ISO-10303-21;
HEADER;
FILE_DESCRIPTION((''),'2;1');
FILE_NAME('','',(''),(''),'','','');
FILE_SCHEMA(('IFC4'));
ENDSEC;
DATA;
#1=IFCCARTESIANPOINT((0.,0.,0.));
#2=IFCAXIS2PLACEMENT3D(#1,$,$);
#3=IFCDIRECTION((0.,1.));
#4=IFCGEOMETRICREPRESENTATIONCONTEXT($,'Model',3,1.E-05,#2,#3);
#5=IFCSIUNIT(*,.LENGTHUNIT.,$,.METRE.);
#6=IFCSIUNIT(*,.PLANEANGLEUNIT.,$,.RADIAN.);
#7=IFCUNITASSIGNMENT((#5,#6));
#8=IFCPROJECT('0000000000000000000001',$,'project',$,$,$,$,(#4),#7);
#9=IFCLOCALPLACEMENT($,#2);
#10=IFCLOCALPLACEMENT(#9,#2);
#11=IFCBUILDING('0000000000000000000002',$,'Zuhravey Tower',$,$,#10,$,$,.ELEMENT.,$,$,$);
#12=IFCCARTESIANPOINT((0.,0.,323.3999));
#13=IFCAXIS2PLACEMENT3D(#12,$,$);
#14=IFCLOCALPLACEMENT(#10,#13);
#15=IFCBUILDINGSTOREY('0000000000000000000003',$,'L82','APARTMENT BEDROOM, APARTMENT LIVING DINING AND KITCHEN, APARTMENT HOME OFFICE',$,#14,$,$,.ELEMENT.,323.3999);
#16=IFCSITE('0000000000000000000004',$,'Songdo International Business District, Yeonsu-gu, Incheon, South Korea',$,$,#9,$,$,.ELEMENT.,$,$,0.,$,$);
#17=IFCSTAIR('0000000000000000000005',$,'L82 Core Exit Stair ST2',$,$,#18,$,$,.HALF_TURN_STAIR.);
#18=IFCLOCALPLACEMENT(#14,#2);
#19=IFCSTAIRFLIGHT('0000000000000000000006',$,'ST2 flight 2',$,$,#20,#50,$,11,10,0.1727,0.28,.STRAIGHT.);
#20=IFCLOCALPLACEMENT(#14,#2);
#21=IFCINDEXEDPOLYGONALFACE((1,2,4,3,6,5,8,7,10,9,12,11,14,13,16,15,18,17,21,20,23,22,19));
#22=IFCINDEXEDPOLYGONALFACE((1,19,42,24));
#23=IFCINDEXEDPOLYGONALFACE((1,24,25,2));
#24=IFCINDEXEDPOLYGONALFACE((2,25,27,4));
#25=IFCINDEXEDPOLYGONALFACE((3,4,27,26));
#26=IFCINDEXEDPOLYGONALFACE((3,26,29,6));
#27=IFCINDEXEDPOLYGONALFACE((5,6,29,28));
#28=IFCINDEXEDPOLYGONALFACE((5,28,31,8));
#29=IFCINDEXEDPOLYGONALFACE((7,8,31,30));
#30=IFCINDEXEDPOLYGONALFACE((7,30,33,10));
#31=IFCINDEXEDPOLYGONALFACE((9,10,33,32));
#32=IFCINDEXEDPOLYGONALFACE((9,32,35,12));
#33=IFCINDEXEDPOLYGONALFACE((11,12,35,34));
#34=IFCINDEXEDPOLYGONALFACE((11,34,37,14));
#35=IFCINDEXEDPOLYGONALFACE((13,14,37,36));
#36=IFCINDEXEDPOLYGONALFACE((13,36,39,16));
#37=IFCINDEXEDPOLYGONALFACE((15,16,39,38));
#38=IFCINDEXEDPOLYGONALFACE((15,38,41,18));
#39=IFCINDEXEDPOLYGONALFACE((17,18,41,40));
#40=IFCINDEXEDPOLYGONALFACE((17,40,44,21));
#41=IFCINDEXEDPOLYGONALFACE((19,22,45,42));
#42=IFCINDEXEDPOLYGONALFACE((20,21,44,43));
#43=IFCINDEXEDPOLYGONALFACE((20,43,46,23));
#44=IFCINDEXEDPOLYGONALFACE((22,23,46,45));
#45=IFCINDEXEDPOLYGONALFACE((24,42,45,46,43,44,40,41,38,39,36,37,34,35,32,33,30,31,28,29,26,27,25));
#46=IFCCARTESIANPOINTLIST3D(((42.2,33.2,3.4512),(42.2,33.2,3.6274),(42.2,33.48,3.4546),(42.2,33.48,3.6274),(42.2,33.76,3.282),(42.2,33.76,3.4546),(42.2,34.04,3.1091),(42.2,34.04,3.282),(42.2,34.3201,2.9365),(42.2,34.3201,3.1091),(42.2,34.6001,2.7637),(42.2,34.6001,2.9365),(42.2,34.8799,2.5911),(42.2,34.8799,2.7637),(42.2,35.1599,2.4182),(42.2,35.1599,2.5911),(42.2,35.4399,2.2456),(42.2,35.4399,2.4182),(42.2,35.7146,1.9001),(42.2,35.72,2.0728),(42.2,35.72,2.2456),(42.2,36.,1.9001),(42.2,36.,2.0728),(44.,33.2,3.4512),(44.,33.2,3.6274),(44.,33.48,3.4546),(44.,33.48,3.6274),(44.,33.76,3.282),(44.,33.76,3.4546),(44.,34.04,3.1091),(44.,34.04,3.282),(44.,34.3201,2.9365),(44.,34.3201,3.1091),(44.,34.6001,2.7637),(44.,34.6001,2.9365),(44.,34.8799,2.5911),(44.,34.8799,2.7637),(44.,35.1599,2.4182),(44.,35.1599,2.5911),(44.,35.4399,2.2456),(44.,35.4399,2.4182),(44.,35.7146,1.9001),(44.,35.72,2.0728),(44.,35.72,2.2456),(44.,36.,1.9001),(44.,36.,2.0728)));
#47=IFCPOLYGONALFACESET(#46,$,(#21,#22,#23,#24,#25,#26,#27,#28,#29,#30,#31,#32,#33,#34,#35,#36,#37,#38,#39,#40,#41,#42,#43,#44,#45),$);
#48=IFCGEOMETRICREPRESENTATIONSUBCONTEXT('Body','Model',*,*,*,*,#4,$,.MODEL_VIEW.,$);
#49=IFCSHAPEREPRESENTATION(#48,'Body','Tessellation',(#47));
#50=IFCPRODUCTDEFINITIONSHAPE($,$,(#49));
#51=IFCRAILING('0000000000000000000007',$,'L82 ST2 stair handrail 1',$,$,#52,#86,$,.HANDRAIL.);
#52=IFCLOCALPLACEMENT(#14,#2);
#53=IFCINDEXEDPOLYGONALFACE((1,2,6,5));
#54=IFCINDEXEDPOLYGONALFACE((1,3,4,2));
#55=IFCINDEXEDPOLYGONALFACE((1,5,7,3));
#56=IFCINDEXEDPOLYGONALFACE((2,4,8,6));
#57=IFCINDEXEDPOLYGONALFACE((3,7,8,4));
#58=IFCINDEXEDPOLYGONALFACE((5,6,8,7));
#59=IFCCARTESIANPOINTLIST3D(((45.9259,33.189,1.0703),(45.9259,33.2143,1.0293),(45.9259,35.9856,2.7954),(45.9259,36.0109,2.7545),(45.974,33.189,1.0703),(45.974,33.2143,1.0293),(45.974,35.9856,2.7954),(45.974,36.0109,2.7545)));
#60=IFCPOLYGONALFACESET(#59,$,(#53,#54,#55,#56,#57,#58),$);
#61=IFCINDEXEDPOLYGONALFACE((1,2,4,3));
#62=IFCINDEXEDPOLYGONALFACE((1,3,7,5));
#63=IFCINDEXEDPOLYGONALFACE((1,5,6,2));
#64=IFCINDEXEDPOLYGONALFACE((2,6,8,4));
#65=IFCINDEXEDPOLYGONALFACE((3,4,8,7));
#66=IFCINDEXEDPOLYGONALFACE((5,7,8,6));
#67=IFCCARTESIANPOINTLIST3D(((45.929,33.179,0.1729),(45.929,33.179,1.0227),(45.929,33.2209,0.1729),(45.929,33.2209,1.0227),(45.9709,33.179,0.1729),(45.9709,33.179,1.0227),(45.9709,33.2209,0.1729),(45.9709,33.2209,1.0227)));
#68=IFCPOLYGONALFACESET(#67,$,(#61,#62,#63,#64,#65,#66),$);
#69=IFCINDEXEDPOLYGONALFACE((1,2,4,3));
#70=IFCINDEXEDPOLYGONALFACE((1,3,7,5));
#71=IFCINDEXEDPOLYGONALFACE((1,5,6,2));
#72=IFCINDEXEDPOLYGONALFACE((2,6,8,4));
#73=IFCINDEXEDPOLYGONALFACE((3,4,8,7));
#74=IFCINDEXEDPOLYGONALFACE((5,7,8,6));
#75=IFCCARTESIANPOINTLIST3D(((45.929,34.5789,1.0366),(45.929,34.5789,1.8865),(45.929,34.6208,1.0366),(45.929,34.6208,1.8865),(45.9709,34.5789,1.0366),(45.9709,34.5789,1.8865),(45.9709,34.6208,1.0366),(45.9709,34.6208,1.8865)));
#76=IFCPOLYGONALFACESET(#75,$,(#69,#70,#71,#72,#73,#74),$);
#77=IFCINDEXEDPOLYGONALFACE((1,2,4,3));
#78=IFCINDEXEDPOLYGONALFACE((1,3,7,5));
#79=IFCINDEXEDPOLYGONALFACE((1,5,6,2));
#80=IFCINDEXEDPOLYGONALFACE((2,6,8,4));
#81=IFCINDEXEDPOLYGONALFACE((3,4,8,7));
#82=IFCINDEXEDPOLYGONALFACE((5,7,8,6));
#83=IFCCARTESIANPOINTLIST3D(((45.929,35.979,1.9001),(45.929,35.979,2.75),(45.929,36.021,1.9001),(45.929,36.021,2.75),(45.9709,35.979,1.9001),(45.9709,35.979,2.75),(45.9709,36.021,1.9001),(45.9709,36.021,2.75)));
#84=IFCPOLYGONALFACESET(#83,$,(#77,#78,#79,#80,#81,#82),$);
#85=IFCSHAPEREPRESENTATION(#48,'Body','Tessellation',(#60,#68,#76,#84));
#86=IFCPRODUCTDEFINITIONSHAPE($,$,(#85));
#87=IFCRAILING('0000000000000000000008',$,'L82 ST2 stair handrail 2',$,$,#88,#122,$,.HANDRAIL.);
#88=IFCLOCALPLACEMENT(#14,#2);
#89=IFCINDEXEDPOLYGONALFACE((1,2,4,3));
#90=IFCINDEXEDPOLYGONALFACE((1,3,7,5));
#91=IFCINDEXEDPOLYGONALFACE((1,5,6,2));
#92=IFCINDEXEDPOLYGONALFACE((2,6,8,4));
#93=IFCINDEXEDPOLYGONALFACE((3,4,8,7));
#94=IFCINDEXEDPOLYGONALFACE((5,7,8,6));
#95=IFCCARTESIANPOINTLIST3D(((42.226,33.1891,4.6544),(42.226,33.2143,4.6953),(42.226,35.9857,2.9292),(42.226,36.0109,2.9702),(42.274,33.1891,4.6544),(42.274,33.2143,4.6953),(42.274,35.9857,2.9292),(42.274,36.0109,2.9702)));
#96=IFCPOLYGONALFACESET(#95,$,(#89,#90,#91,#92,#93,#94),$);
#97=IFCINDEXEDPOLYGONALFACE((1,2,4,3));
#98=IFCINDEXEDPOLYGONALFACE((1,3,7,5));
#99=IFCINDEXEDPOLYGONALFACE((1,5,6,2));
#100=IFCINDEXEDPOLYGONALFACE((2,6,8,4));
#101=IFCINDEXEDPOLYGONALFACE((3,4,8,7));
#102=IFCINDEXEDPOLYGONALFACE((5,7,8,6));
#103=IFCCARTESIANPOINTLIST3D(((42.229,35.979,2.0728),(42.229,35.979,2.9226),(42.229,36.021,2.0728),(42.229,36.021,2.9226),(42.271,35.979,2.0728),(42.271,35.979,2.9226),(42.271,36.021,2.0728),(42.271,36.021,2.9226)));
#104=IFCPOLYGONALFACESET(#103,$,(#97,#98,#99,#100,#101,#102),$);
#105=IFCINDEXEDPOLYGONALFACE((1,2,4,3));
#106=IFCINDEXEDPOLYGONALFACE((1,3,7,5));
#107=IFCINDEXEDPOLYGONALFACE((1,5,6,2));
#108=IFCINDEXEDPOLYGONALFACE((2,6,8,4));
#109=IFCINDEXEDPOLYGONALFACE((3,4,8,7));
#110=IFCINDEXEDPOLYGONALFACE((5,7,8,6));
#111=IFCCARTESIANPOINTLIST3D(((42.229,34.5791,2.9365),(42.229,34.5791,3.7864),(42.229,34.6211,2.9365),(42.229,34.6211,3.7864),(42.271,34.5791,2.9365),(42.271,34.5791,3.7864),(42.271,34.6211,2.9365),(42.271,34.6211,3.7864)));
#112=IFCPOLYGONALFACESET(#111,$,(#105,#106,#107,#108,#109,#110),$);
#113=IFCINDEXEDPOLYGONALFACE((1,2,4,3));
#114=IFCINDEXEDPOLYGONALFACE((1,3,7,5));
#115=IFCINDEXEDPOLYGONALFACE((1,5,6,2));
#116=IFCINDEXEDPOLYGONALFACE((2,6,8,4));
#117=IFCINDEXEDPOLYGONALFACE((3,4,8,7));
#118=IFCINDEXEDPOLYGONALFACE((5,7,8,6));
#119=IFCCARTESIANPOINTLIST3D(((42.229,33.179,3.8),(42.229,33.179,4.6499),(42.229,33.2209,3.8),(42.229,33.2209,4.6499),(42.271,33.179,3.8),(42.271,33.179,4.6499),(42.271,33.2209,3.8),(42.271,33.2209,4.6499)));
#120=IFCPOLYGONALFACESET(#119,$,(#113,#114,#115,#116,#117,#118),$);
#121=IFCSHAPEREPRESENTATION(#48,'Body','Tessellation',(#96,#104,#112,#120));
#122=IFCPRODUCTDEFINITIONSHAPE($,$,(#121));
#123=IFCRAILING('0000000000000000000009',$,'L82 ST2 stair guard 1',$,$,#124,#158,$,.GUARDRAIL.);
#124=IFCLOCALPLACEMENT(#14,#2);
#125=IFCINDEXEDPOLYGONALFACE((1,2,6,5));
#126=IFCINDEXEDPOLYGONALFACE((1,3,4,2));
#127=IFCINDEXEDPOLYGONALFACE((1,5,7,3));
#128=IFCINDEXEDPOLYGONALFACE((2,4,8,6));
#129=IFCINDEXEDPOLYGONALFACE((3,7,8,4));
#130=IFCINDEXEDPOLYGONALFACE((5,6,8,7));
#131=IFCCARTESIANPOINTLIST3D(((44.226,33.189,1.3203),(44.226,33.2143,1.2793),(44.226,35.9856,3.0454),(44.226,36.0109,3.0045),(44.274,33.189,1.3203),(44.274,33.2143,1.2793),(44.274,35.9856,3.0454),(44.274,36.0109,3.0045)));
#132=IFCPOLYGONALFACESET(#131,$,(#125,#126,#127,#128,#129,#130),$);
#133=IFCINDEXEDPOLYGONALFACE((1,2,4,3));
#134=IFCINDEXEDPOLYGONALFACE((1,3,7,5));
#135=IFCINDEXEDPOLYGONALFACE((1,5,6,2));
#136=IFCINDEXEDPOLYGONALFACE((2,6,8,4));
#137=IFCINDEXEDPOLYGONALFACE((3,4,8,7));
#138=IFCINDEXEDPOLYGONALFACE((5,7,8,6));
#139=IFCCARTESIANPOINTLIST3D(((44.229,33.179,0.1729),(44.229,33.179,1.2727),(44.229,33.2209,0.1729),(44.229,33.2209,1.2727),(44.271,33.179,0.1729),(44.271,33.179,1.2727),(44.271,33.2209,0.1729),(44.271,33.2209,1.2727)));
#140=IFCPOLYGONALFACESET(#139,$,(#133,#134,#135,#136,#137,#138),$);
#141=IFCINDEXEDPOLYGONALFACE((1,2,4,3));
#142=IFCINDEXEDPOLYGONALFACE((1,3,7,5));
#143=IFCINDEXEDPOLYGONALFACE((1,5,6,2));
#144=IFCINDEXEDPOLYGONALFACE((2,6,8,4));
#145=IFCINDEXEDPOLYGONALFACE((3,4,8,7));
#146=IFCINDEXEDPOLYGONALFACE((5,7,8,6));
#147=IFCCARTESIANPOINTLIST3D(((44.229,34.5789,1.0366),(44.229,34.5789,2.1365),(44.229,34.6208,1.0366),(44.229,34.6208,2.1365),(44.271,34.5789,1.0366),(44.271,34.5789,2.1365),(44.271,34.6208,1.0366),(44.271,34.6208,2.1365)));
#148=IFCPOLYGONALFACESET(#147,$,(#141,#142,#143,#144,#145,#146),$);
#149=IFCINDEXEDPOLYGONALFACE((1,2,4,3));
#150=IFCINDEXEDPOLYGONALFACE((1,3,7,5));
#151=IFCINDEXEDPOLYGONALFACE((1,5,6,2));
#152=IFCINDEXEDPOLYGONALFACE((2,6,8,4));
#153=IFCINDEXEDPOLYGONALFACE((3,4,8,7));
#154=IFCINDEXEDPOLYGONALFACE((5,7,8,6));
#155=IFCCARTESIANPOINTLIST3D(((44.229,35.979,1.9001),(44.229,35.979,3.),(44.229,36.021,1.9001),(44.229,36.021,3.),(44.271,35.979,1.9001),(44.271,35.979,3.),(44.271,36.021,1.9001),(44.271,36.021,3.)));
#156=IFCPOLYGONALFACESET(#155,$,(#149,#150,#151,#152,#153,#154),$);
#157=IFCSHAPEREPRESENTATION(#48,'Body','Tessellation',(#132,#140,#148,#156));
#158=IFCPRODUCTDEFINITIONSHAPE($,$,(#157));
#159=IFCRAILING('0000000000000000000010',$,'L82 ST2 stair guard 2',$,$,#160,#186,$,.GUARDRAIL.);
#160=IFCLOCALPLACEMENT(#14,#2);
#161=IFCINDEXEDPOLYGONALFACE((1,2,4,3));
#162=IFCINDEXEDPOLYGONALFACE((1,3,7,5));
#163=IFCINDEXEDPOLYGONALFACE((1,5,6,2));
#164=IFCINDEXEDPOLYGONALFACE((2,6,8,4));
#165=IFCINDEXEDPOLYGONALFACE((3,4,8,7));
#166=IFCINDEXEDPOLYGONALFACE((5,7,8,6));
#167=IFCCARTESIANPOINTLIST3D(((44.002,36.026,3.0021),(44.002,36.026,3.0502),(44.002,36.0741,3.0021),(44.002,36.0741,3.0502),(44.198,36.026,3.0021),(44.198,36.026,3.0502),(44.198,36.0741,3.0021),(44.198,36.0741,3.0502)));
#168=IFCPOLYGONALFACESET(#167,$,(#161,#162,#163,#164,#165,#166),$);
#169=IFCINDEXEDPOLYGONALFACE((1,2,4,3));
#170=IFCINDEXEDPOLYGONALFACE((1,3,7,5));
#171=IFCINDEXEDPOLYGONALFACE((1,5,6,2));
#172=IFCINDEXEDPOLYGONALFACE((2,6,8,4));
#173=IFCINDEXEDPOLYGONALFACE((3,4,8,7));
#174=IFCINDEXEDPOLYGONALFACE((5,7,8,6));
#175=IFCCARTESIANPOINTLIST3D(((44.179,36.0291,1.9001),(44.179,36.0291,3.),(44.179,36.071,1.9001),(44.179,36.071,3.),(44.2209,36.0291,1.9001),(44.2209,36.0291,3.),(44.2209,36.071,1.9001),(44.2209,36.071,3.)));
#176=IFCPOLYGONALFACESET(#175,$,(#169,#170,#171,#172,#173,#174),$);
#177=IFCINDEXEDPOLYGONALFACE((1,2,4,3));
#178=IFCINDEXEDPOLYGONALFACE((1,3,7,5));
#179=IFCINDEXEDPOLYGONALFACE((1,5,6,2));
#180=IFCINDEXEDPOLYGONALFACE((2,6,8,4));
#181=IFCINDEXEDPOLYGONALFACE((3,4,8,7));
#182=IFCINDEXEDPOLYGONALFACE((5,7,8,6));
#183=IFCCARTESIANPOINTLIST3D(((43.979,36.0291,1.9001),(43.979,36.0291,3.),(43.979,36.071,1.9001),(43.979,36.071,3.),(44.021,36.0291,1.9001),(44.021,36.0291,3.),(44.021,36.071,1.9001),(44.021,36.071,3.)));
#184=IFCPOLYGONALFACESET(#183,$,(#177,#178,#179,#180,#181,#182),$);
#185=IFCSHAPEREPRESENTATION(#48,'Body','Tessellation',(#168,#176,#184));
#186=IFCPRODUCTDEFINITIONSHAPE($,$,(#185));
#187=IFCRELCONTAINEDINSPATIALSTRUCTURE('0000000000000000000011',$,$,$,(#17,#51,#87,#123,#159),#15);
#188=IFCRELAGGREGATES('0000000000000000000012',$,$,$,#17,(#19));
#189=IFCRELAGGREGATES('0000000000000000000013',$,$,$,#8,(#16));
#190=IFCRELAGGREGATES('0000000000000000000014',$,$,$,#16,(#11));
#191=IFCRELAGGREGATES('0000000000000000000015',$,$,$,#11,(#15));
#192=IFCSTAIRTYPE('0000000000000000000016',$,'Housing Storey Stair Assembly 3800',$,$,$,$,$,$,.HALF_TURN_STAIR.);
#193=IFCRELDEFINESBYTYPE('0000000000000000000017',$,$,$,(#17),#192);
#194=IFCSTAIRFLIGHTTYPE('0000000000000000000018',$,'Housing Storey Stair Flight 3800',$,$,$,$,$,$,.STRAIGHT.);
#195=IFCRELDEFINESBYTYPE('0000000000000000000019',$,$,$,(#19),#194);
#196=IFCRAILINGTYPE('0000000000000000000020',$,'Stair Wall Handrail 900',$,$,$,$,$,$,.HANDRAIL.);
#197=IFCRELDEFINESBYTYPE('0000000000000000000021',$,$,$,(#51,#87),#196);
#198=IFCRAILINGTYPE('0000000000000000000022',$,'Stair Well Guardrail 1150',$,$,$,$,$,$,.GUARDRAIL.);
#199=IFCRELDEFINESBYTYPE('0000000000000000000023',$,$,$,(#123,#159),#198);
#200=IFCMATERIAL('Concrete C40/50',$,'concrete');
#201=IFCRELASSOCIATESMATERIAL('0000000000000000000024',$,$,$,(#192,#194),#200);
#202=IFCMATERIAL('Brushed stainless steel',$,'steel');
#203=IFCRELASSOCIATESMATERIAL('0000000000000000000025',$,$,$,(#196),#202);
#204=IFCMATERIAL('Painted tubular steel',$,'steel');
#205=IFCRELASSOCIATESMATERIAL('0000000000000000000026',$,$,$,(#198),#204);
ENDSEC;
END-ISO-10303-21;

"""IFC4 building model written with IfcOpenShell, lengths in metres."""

from ifc_helpers import new_model, si_unit, direction, frame, origin, origin_2d, place, context, subcontext, project, spatial, polyline, rectangle, outline, extrude, material, type_object, element, aggregate, save


model = new_model("IFC4")

# Units and contexts
model_context = context("Model", 3, precision=1e-05, world=origin(), true_north=direction((0.0, 1.0)))
body_context = subcontext(model_context, "Body", "Model", "MODEL_VIEW")
ifc_project = project(units=[si_unit("LENGTHUNIT", "METRE"), si_unit("PLANEANGLEUNIT", "RADIAN")], contexts=[model_context])

# Site, building, storey
site_placement = place(None, origin())
site = spatial("IfcSite", under=ifc_project, at=site_placement, Name="Songdo International Business District, Yeonsu-gu, Incheon, South Korea", CompositionType="ELEMENT", RefElevation=0.0)
building_placement = place(site_placement, origin())
building = spatial("IfcBuilding", under=site, at=building_placement, Name="Zuhravey Tower", CompositionType="ELEMENT")
storey_placement = place(building_placement, frame((0.0, 0.0, 323.3999)))
storey = spatial("IfcBuildingStorey", under=building, at=storey_placement, Name="L82", Description="APARTMENT BEDROOM, APARTMENT LIVING DINING AND KITCHEN, APARTMENT HOME OFFICE", CompositionType="ELEMENT", Elevation=323.3999)

# Shared definitions
ifc_material_1 = material(Name="Brushed stainless steel", Category="steel")

# Stair, stair flight
ifc_material_2 = material(Name="Concrete C40/50", Category="concrete")
stair_type = type_object("IfcStairType", Name="Housing Storey Stair Assembly 3800", PredefinedType="HALF_TURN_STAIR", material=ifc_material_2)
stair_placement = place(storey_placement, origin())
stair = element("IfcStair", 1, at=stair_placement, inside=storey, type_object=stair_type, Name="L82 Core Exit Stair ST2", PredefinedType="HALF_TURN_STAIR")
stair_flight_type = type_object("IfcStairFlightType", Name="Housing Storey Stair Flight 3800", PredefinedType="STRAIGHT", material=ifc_material_2)
stair_flight_1_placement = place(storey_placement, frame((43.1001, 36.0, 1.9001), z_axis=(0.0, 0.0, 1.0), x_axis=(0.0, -1.0, 0.0)))
stair_flight_1 = element("IfcStairFlight", 2, at=stair_flight_1_placement, type_object=stair_flight_type, Name="ST2 flight 2", NumberOfRisers=11, NumberOfTreads=10, PredefinedType="STRAIGHT", RiserHeight=0.1727, TreadLength=0.28, context=body_context, shape_type="SweptSolid", body=[
    extrude(outline(polyline([(0.0, 0.0), (0.0, 0.1726), (0.28, 0.1726), (0.28, 0.3455), (0.5601, 0.3455), (0.5601, 0.5181), (0.8401, 0.5181), (0.8401, 0.6909), (1.1201, 0.6909), (1.1201, 0.8635), (1.3999, 0.8635), (1.3999, 1.0364), (1.6799, 1.0364), (1.6799, 1.209), (1.96, 1.209), (1.96, 1.3818), (2.24, 1.3818), (2.24, 1.5544), (2.52, 1.5544), (2.52, 1.7273), (2.8, 1.7273), (2.8, 1.8999), (2.8, 1.551), (0.2854, 0.0), (0.0, 0.0)])), frame((0.0, 0.8999, 0.0), z_axis=(0.0, -1.0, 0.0), x_axis=(1.0, 0.0, 0.0)), (0.0, 0.0, 1.0), 1.8),
])
aggregate(stair, [stair_flight_1])

# Railings
railing_type_1 = type_object("IfcRailingType", Name="Stair Wall Handrail 900", PredefinedType="HANDRAIL", material=ifc_material_1)
railing_1_placement = place(storey_placement, frame((45.95, 33.2, 0.1729)))
element("IfcRailing", 3, at=railing_1_placement, inside=storey, type_object=railing_type_1, Name="L82 ST2 stair handrail 1", PredefinedType="HANDRAIL", context=body_context, shape_type="SweptSolid", body=[
    extrude(rectangle(XDim=0.0481, YDim=0.0481, at=origin_2d()), frame((0.0, 0.0017, 0.877), z_axis=(0.0, 0.85109, 0.52502), x_axis=(-1.0, 0.0, 0.0)), (0.0, 0.0, 1.0), 3.2859),
    extrude(rectangle(XDim=0.042, YDim=0.042, at=origin_2d()), origin(), (0.0, 0.0, 1.0), 0.8499),
    extrude(rectangle(XDim=0.042, YDim=0.042, at=origin_2d()), frame((0.0, 1.3999, 0.8638)), (0.0, 0.0, 1.0), 0.8499),
    extrude(rectangle(XDim=0.042, YDim=0.042, at=origin_2d()), frame((0.0, 2.8, 1.7273)), (0.0, 0.0, 1.0), 0.8499),
])
railing_2_placement = place(storey_placement, frame((42.25, 36.0, 2.0728)))
element("IfcRailing", 4, at=railing_2_placement, inside=storey, type_object=railing_type_1, Name="L82 ST2 stair handrail 2", PredefinedType="HANDRAIL", context=body_context, shape_type="SweptSolid", body=[
    extrude(rectangle(XDim=0.0481, YDim=0.0481, at=origin_2d()), frame((0.0, -0.0017, 0.877), z_axis=(0.0, -0.85109, 0.52502), x_axis=(1.0, 0.0, 0.0)), (0.0, 0.0, 1.0), 3.2859),
    extrude(rectangle(XDim=0.042, YDim=0.042, at=origin_2d()), origin(), (0.0, 0.0, 1.0), 0.8499),
    extrude(rectangle(XDim=0.042, YDim=0.042, at=origin_2d()), frame((0.0, -1.3999, 0.8638)), (0.0, 0.0, 1.0), 0.8499),
    extrude(rectangle(XDim=0.042, YDim=0.042, at=origin_2d()), frame((0.0, -2.8, 1.7273)), (0.0, 0.0, 1.0), 0.8499),
])
ifc_material_3 = material(Name="Painted tubular steel", Category="steel")
railing_type_2 = type_object("IfcRailingType", Name="Stair Well Guardrail 1150", PredefinedType="GUARDRAIL", material=ifc_material_3)
railing_3_placement = place(storey_placement, frame((44.25, 33.2, 0.1729)))
element("IfcRailing", 5, at=railing_3_placement, inside=storey, type_object=railing_type_2, Name="L82 ST2 stair guard 1", PredefinedType="GUARDRAIL", context=body_context, shape_type="SweptSolid", body=[
    extrude(rectangle(XDim=0.0481, YDim=0.0481, at=origin_2d()), frame((0.0, 0.0017, 1.127), z_axis=(0.0, 0.85109, 0.52502), x_axis=(-1.0, 0.0, 0.0)), (0.0, 0.0, 1.0), 3.2859),
    extrude(rectangle(XDim=0.042, YDim=0.042, at=origin_2d()), origin(), (0.0, 0.0, 1.0), 1.0999),
    extrude(rectangle(XDim=0.042, YDim=0.042, at=origin_2d()), frame((0.0, 1.3999, 0.8638)), (0.0, 0.0, 1.0), 1.0999),
    extrude(rectangle(XDim=0.042, YDim=0.042, at=origin_2d()), frame((0.0, 2.8, 1.7273)), (0.0, 0.0, 1.0), 1.0999),
])
railing_4_placement = place(storey_placement, frame((44.2, 36.05, 1.9001)))
element("IfcRailing", 6, at=railing_4_placement, inside=storey, type_object=railing_type_2, Name="L82 ST2 stair guard 2", PredefinedType="GUARDRAIL", context=body_context, shape_type="SweptSolid", body=[
    extrude(rectangle(XDim=0.0481, YDim=0.0481, at=origin_2d()), frame((-0.002, 0.0, 1.126), z_axis=(-1.0, 0.0, 0.0), x_axis=(0.0, -1.0, 0.0)), (0.0, 0.0, 1.0), 0.196),
    extrude(rectangle(XDim=0.042, YDim=0.042, at=origin_2d()), origin(), (0.0, 0.0, 1.0), 1.0999),
    extrude(rectangle(XDim=0.042, YDim=0.042, at=origin_2d()), frame((-0.2, 0.0, 0.0)), (0.0, 0.0, 1.0), 1.0999),
])

save(model, "model.ifc")
